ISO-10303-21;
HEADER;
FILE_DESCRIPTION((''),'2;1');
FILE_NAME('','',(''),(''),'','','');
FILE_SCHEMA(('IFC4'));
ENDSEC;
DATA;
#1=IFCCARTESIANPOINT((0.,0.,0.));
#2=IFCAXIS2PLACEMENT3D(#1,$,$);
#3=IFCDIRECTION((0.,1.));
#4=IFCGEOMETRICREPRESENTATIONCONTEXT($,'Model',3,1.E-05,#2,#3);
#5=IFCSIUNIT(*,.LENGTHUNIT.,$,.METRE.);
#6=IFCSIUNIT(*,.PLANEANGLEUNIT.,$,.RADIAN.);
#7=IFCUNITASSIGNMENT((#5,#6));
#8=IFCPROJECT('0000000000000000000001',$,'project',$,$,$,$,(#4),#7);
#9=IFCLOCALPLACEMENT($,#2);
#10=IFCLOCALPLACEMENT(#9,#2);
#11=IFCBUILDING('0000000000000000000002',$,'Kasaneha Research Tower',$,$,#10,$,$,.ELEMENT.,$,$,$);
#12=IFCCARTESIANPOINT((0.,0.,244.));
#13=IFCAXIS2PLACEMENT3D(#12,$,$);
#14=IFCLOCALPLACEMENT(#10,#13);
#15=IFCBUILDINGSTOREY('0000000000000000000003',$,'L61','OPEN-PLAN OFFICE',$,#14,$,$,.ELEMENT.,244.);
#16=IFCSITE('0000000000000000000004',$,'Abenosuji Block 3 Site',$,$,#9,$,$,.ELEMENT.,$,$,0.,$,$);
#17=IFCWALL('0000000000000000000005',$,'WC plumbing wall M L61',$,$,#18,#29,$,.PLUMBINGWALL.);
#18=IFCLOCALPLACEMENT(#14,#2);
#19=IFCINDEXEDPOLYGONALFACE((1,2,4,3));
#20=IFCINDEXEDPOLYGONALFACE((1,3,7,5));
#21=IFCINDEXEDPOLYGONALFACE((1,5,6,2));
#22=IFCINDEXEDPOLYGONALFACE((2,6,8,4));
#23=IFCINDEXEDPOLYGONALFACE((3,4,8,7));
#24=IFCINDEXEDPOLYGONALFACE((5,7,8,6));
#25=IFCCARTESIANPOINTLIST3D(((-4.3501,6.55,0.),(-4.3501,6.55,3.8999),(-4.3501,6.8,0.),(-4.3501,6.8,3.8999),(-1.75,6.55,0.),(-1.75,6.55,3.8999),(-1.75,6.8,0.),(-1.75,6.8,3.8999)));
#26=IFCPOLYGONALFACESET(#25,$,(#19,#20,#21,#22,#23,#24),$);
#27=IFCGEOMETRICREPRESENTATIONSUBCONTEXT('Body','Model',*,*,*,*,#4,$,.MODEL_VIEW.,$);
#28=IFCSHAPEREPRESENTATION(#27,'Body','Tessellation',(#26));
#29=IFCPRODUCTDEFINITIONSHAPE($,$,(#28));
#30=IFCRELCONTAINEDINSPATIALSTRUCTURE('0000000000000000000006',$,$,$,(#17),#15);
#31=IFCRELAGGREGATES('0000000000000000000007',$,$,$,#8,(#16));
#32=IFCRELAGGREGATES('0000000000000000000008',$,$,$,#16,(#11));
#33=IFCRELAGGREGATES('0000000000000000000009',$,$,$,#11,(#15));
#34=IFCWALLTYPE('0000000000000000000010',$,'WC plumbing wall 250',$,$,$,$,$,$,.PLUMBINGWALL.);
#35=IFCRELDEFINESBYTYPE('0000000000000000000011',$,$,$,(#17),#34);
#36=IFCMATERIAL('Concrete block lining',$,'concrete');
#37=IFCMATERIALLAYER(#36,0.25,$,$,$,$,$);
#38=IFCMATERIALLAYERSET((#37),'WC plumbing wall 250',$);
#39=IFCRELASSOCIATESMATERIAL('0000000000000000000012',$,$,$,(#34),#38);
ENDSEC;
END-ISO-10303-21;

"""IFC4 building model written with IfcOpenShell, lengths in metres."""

from ifc_helpers import new_model, si_unit, direction, frame, frame_2d, origin, place, context, subcontext, project, spatial, rectangle, extrude, material, layer, layer_set, type_object, element, save


model = new_model("IFC4")

# Units and contexts
model_context = context("Model", 3, precision=1e-05, world=origin(), true_north=direction((0.0, 1.0)))
body_context = subcontext(model_context, "Body", "Model", "MODEL_VIEW")
ifc_project = project(units=[si_unit("LENGTHUNIT", "METRE"), si_unit("PLANEANGLEUNIT", "RADIAN")], contexts=[model_context])

# Site, building, storey
site_placement = place(None, origin())
site = spatial("IfcSite", under=ifc_project, at=site_placement, Name="Abenosuji Block 3 Site", CompositionType="ELEMENT", RefElevation=0.0)
building_placement = place(site_placement, origin())
building = spatial("IfcBuilding", under=site, at=building_placement, Name="Kasaneha Research Tower", CompositionType="ELEMENT")
storey_placement = place(building_placement, frame((0.0, 0.0, 244.0)))
storey = spatial("IfcBuildingStorey", under=building, at=storey_placement, Name="L61", Description="OPEN-PLAN OFFICE", CompositionType="ELEMENT", Elevation=244.0)

# Wall
ifc_material_1 = material(Name="Concrete block lining", Category="concrete")
ifc_layer_1 = layer(ifc_material_1, 0.25)
ifc_layer_set_1 = layer_set([ifc_layer_1], Name="WC plumbing wall 250")
wall_type_1 = type_object("IfcWallType", Name="WC plumbing wall 250", PredefinedType="PLUMBINGWALL", material=ifc_layer_set_1)
wall_1_placement = place(storey_placement, frame((-4.3501, 6.675, 0.0), z_axis=(0.0, 0.0, 1.0), x_axis=(1.0, 0.0, 0.0)))
element("IfcWall", 1, at=wall_1_placement, inside=storey, type_object=wall_type_1, Name="WC plumbing wall M L61", PredefinedType="PLUMBINGWALL", context=body_context, shape_type="SweptSolid", body=[
    extrude(rectangle(XDim=2.6001, YDim=0.25, at=frame_2d((1.3, 0.0))), origin(), (0.0, 0.0, 1.0), 3.8999),
])

save(model, "model.ifc")
